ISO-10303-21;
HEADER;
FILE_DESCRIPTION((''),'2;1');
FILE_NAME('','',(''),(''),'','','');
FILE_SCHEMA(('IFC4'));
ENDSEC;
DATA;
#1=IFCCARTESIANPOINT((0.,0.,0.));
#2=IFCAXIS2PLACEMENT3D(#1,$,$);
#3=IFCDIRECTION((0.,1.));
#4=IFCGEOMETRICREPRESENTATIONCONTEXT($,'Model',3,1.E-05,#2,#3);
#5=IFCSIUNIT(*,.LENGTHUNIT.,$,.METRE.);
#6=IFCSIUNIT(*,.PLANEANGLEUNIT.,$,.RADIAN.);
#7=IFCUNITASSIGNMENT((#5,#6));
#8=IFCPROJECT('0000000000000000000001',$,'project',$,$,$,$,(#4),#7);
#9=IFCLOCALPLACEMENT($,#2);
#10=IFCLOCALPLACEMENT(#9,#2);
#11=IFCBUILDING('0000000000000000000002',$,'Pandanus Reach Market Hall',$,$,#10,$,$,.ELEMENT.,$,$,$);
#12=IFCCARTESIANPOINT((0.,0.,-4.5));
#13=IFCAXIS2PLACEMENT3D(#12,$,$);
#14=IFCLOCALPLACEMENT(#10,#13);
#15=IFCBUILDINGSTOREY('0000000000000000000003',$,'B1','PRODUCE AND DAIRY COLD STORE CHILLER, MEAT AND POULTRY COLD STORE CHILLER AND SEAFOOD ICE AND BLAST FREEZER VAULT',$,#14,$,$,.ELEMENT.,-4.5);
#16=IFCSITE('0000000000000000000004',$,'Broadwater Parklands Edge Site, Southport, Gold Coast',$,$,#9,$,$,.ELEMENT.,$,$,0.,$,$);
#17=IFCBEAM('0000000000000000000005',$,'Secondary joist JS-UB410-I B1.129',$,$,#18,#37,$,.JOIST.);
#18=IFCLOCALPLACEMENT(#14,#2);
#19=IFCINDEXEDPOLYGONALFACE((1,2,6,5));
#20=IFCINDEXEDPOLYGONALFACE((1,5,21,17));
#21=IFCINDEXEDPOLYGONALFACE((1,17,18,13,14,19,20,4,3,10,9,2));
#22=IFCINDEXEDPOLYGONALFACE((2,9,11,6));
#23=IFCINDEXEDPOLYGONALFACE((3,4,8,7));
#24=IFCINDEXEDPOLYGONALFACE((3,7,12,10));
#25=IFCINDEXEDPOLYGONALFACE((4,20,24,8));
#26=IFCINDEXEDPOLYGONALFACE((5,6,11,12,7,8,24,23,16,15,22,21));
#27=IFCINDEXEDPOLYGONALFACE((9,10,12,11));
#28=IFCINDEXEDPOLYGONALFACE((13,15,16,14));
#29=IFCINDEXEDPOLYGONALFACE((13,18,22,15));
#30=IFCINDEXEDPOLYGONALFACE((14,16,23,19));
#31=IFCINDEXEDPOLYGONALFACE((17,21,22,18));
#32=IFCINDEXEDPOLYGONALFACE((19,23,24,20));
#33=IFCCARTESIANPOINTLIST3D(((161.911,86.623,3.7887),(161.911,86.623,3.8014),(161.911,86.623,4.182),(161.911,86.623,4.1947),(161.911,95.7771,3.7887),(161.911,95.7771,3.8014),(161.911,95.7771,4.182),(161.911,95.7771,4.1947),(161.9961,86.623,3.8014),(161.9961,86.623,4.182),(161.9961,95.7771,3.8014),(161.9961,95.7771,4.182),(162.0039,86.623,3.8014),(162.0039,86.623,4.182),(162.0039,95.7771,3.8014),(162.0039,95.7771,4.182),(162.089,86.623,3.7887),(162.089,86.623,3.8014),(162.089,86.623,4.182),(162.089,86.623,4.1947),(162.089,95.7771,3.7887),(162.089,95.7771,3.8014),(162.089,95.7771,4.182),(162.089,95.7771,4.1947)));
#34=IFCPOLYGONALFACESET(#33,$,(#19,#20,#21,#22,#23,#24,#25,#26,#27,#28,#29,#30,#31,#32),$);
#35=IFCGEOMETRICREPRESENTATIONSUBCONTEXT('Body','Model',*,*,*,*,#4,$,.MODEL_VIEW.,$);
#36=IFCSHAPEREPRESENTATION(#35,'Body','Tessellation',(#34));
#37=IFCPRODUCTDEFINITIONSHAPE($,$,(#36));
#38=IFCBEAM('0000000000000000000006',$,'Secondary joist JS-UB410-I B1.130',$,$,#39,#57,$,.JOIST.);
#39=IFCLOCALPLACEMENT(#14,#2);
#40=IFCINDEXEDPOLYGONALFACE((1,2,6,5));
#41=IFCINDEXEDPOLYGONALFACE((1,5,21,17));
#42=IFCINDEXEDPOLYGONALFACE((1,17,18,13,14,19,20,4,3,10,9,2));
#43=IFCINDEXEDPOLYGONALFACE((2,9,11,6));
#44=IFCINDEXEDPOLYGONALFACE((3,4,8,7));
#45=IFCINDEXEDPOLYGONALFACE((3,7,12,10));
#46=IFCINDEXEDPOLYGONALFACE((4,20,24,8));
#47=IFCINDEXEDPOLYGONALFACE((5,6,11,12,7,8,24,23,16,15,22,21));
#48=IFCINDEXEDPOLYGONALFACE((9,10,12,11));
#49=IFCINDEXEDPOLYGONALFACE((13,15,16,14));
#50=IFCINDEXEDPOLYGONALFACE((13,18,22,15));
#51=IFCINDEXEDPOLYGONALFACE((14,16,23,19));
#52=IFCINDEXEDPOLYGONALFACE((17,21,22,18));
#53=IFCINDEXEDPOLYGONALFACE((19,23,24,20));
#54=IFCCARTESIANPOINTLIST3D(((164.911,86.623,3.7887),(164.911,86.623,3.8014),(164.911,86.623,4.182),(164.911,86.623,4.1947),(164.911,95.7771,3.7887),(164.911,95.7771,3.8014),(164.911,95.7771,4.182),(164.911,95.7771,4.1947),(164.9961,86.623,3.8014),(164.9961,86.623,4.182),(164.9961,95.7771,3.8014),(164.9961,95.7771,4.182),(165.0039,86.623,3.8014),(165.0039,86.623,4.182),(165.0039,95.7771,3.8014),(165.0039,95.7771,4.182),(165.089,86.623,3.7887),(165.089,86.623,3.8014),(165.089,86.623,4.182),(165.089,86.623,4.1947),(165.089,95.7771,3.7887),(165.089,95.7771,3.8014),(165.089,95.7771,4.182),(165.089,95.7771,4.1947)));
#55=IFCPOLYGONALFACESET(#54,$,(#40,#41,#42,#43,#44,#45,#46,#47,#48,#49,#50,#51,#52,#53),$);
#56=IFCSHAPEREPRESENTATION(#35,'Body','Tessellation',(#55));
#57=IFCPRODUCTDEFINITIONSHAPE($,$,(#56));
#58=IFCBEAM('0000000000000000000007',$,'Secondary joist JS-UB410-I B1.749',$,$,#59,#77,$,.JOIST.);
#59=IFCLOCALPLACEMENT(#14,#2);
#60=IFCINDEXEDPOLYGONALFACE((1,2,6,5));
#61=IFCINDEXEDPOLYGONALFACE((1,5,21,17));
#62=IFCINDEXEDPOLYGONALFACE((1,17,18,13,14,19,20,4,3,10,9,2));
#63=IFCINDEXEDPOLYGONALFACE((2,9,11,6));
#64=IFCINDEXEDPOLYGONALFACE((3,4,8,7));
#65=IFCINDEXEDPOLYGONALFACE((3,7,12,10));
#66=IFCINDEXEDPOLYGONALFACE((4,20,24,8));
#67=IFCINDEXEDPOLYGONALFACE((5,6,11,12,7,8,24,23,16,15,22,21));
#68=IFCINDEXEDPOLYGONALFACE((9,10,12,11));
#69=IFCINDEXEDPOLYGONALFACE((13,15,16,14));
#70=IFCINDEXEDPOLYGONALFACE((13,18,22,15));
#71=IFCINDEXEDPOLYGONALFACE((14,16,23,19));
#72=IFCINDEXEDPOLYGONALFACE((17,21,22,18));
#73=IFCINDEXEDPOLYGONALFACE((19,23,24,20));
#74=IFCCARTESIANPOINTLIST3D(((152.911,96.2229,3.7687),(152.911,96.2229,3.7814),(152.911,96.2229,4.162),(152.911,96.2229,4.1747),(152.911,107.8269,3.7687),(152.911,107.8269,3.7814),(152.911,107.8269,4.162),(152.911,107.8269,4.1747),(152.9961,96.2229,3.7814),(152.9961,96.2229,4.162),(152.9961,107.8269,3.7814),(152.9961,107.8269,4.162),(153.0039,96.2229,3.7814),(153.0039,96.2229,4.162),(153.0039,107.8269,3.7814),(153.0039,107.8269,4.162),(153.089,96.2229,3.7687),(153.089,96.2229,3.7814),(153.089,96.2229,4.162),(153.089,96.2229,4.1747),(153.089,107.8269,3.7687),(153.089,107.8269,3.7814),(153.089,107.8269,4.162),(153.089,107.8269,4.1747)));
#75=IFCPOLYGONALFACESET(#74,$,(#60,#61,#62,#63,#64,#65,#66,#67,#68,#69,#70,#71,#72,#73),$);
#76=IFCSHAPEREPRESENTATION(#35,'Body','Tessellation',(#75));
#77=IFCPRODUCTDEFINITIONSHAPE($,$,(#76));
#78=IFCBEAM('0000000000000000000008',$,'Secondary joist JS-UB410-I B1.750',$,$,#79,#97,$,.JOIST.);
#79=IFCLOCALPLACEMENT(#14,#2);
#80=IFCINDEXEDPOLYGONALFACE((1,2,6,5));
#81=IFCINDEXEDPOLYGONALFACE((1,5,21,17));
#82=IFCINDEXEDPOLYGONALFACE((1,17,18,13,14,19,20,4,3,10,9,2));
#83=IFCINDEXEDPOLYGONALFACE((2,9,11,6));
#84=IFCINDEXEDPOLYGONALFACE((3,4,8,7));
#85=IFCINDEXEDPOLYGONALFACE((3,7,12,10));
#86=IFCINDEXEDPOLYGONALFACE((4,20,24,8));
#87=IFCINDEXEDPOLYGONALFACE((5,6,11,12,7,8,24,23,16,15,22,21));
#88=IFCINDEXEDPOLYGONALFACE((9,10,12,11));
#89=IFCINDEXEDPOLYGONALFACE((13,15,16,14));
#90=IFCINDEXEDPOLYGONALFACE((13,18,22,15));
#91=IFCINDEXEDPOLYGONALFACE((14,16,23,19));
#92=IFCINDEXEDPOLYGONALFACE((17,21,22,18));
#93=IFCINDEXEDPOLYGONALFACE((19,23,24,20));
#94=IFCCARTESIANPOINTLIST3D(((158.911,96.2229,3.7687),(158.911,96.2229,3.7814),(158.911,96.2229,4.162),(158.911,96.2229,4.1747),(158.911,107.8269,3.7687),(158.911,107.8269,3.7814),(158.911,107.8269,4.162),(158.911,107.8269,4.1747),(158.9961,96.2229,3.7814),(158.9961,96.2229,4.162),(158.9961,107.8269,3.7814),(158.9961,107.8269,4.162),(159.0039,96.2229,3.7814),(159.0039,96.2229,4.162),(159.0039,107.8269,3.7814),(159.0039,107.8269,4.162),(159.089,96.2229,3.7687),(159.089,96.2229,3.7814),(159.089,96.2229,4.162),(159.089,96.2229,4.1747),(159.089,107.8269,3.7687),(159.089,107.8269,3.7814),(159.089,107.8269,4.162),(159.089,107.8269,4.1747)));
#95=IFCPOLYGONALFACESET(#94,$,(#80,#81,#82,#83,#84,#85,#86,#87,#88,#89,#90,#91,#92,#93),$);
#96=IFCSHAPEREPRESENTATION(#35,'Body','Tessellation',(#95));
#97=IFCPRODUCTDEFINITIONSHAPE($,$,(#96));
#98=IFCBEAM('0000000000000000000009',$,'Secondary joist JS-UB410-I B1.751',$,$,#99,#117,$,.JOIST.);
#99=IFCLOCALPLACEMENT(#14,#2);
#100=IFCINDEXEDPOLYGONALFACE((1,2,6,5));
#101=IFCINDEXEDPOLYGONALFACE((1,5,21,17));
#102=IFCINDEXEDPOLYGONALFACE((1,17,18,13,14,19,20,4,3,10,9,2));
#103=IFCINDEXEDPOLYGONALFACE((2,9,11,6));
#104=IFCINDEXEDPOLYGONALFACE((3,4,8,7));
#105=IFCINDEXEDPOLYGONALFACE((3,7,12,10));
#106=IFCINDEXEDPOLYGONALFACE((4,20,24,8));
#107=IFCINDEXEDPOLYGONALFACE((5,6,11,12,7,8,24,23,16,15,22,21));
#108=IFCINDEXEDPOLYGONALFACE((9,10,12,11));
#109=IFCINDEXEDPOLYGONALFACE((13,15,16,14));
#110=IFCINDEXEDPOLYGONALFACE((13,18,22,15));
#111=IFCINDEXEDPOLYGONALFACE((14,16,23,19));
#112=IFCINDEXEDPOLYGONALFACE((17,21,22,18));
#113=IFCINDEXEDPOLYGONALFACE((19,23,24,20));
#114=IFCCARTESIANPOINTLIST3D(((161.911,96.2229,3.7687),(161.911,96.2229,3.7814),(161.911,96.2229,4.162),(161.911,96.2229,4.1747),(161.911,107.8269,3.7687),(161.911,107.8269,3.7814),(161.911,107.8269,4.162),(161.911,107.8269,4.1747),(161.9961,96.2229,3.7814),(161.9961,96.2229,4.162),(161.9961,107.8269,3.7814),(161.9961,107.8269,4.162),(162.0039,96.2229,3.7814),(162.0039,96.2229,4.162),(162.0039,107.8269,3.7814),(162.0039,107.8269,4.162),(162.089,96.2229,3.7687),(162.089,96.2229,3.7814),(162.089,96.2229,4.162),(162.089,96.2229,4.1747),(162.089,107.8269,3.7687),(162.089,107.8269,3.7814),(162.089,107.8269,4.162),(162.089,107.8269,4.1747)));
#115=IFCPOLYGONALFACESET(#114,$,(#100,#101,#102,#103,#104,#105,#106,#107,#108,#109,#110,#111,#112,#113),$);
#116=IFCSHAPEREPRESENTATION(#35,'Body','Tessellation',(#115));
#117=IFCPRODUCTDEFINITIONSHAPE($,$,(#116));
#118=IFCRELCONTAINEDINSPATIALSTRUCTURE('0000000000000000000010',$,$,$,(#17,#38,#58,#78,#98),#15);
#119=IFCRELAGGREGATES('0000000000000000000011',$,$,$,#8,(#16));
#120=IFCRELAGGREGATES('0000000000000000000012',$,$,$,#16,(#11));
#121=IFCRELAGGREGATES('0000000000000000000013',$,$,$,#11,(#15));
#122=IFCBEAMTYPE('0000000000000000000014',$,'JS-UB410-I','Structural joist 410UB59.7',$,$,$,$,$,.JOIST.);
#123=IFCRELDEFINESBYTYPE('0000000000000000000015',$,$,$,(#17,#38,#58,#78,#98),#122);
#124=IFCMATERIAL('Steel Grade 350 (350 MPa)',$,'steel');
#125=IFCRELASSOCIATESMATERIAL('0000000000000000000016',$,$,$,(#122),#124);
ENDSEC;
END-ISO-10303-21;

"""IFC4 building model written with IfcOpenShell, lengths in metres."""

from ifc_helpers import new_model, si_unit, direction, frame, origin, origin_2d, place, context, subcontext, project, spatial, i_section, extrude, material, material_profile, profile_set, type_object, element, save


model = new_model("IFC4")

# Units and contexts
model_context = context("Model", 3, precision=1e-05, world=origin(), true_north=direction((0.0, 1.0)))
body_context = subcontext(model_context, "Body", "Model", "MODEL_VIEW")
ifc_project = project(units=[si_unit("LENGTHUNIT", "METRE"), si_unit("PLANEANGLEUNIT", "RADIAN")], contexts=[model_context])

# Site, building, storey
site_placement = place(None, origin())
site = spatial("IfcSite", under=ifc_project, at=site_placement, Name="Broadwater Parklands Edge Site, Southport, Gold Coast", CompositionType="ELEMENT", RefElevation=0.0)
building_placement = place(site_placement, origin())
building = spatial("IfcBuilding", under=site, at=building_placement, Name="Pandanus Reach Market Hall", CompositionType="ELEMENT")
storey_placement = place(building_placement, frame((0.0, 0.0, -4.5)))
storey = spatial("IfcBuildingStorey", under=building, at=storey_placement, Name="B1", Description="PRODUCE AND DAIRY COLD STORE CHILLER, MEAT AND POULTRY COLD STORE CHILLER AND SEAFOOD ICE AND BLAST FREEZER VAULT", CompositionType="ELEMENT", Elevation=-4.5)

# Beams
ifc_material_1 = material(Name="Steel Grade 350 (350 MPa)", Category="steel")
ifc_material_profile_1 = material_profile(ifc_material_1, i_section(OverallWidth=0.178, OverallDepth=0.406, WebThickness=0.0078, FlangeThickness=0.0127, at=origin_2d()), Name="410UB59.7", Category="LoadBearing")
ifc_profile_set_1 = profile_set([ifc_material_profile_1], Name="Steel Grade 350 (350 MPa)")
beam_type_1 = type_object("IfcBeamType", Name="JS-UB410-I", Description="Structural joist 410UB59.7", PredefinedType="JOIST", material=ifc_profile_set_1)
for number, where, z_axis, x_axis, name in (
    (1, (162.0, 86.623, 3.9917), (0.0, 1.0, 0.0), (-1.0, 0.0, 0.0), "Secondary joist JS-UB410-I B1.129"),
    (2, (165.0, 86.623, 3.9917), (0.0, 1.0, 0.0), (-1.0, 0.0, 0.0), "Secondary joist JS-UB410-I B1.130"),
):
    element("IfcBeam", number, at=place(storey_placement, frame(where, z_axis=z_axis, x_axis=x_axis)), inside=storey, type_object=beam_type_1, Name=name, PredefinedType="JOIST", context=body_context, shape_type="SweptSolid", body=[
        extrude(i_section(OverallWidth=0.178, OverallDepth=0.406, WebThickness=0.0078, FlangeThickness=0.0127, at=origin_2d()), origin(), (0.0, 0.0, 1.0), 9.1541),
    ])
for number, where, z_axis, x_axis, name in (
    (3, (153.0, 96.2229, 3.9717), (0.0, 1.0, 0.0), (-1.0, 0.0, 0.0), "Secondary joist JS-UB410-I B1.749"),
    (4, (159.0, 96.2229, 3.9717), (0.0, 1.0, 0.0), (-1.0, 0.0, 0.0), "Secondary joist JS-UB410-I B1.750"),
    (5, (162.0, 96.2229, 3.9717), (0.0, 1.0, 0.0), (-1.0, 0.0, 0.0), "Secondary joist JS-UB410-I B1.751"),
):
    element("IfcBeam", number, at=place(storey_placement, frame(where, z_axis=z_axis, x_axis=x_axis)), inside=storey, type_object=beam_type_1, Name=name, PredefinedType="JOIST", context=body_context, shape_type="SweptSolid", body=[
        extrude(i_section(OverallWidth=0.178, OverallDepth=0.406, WebThickness=0.0078, FlangeThickness=0.0127, at=origin_2d()), origin(), (0.0, 0.0, 1.0), 11.604),
    ])

save(model, "model.ifc")
